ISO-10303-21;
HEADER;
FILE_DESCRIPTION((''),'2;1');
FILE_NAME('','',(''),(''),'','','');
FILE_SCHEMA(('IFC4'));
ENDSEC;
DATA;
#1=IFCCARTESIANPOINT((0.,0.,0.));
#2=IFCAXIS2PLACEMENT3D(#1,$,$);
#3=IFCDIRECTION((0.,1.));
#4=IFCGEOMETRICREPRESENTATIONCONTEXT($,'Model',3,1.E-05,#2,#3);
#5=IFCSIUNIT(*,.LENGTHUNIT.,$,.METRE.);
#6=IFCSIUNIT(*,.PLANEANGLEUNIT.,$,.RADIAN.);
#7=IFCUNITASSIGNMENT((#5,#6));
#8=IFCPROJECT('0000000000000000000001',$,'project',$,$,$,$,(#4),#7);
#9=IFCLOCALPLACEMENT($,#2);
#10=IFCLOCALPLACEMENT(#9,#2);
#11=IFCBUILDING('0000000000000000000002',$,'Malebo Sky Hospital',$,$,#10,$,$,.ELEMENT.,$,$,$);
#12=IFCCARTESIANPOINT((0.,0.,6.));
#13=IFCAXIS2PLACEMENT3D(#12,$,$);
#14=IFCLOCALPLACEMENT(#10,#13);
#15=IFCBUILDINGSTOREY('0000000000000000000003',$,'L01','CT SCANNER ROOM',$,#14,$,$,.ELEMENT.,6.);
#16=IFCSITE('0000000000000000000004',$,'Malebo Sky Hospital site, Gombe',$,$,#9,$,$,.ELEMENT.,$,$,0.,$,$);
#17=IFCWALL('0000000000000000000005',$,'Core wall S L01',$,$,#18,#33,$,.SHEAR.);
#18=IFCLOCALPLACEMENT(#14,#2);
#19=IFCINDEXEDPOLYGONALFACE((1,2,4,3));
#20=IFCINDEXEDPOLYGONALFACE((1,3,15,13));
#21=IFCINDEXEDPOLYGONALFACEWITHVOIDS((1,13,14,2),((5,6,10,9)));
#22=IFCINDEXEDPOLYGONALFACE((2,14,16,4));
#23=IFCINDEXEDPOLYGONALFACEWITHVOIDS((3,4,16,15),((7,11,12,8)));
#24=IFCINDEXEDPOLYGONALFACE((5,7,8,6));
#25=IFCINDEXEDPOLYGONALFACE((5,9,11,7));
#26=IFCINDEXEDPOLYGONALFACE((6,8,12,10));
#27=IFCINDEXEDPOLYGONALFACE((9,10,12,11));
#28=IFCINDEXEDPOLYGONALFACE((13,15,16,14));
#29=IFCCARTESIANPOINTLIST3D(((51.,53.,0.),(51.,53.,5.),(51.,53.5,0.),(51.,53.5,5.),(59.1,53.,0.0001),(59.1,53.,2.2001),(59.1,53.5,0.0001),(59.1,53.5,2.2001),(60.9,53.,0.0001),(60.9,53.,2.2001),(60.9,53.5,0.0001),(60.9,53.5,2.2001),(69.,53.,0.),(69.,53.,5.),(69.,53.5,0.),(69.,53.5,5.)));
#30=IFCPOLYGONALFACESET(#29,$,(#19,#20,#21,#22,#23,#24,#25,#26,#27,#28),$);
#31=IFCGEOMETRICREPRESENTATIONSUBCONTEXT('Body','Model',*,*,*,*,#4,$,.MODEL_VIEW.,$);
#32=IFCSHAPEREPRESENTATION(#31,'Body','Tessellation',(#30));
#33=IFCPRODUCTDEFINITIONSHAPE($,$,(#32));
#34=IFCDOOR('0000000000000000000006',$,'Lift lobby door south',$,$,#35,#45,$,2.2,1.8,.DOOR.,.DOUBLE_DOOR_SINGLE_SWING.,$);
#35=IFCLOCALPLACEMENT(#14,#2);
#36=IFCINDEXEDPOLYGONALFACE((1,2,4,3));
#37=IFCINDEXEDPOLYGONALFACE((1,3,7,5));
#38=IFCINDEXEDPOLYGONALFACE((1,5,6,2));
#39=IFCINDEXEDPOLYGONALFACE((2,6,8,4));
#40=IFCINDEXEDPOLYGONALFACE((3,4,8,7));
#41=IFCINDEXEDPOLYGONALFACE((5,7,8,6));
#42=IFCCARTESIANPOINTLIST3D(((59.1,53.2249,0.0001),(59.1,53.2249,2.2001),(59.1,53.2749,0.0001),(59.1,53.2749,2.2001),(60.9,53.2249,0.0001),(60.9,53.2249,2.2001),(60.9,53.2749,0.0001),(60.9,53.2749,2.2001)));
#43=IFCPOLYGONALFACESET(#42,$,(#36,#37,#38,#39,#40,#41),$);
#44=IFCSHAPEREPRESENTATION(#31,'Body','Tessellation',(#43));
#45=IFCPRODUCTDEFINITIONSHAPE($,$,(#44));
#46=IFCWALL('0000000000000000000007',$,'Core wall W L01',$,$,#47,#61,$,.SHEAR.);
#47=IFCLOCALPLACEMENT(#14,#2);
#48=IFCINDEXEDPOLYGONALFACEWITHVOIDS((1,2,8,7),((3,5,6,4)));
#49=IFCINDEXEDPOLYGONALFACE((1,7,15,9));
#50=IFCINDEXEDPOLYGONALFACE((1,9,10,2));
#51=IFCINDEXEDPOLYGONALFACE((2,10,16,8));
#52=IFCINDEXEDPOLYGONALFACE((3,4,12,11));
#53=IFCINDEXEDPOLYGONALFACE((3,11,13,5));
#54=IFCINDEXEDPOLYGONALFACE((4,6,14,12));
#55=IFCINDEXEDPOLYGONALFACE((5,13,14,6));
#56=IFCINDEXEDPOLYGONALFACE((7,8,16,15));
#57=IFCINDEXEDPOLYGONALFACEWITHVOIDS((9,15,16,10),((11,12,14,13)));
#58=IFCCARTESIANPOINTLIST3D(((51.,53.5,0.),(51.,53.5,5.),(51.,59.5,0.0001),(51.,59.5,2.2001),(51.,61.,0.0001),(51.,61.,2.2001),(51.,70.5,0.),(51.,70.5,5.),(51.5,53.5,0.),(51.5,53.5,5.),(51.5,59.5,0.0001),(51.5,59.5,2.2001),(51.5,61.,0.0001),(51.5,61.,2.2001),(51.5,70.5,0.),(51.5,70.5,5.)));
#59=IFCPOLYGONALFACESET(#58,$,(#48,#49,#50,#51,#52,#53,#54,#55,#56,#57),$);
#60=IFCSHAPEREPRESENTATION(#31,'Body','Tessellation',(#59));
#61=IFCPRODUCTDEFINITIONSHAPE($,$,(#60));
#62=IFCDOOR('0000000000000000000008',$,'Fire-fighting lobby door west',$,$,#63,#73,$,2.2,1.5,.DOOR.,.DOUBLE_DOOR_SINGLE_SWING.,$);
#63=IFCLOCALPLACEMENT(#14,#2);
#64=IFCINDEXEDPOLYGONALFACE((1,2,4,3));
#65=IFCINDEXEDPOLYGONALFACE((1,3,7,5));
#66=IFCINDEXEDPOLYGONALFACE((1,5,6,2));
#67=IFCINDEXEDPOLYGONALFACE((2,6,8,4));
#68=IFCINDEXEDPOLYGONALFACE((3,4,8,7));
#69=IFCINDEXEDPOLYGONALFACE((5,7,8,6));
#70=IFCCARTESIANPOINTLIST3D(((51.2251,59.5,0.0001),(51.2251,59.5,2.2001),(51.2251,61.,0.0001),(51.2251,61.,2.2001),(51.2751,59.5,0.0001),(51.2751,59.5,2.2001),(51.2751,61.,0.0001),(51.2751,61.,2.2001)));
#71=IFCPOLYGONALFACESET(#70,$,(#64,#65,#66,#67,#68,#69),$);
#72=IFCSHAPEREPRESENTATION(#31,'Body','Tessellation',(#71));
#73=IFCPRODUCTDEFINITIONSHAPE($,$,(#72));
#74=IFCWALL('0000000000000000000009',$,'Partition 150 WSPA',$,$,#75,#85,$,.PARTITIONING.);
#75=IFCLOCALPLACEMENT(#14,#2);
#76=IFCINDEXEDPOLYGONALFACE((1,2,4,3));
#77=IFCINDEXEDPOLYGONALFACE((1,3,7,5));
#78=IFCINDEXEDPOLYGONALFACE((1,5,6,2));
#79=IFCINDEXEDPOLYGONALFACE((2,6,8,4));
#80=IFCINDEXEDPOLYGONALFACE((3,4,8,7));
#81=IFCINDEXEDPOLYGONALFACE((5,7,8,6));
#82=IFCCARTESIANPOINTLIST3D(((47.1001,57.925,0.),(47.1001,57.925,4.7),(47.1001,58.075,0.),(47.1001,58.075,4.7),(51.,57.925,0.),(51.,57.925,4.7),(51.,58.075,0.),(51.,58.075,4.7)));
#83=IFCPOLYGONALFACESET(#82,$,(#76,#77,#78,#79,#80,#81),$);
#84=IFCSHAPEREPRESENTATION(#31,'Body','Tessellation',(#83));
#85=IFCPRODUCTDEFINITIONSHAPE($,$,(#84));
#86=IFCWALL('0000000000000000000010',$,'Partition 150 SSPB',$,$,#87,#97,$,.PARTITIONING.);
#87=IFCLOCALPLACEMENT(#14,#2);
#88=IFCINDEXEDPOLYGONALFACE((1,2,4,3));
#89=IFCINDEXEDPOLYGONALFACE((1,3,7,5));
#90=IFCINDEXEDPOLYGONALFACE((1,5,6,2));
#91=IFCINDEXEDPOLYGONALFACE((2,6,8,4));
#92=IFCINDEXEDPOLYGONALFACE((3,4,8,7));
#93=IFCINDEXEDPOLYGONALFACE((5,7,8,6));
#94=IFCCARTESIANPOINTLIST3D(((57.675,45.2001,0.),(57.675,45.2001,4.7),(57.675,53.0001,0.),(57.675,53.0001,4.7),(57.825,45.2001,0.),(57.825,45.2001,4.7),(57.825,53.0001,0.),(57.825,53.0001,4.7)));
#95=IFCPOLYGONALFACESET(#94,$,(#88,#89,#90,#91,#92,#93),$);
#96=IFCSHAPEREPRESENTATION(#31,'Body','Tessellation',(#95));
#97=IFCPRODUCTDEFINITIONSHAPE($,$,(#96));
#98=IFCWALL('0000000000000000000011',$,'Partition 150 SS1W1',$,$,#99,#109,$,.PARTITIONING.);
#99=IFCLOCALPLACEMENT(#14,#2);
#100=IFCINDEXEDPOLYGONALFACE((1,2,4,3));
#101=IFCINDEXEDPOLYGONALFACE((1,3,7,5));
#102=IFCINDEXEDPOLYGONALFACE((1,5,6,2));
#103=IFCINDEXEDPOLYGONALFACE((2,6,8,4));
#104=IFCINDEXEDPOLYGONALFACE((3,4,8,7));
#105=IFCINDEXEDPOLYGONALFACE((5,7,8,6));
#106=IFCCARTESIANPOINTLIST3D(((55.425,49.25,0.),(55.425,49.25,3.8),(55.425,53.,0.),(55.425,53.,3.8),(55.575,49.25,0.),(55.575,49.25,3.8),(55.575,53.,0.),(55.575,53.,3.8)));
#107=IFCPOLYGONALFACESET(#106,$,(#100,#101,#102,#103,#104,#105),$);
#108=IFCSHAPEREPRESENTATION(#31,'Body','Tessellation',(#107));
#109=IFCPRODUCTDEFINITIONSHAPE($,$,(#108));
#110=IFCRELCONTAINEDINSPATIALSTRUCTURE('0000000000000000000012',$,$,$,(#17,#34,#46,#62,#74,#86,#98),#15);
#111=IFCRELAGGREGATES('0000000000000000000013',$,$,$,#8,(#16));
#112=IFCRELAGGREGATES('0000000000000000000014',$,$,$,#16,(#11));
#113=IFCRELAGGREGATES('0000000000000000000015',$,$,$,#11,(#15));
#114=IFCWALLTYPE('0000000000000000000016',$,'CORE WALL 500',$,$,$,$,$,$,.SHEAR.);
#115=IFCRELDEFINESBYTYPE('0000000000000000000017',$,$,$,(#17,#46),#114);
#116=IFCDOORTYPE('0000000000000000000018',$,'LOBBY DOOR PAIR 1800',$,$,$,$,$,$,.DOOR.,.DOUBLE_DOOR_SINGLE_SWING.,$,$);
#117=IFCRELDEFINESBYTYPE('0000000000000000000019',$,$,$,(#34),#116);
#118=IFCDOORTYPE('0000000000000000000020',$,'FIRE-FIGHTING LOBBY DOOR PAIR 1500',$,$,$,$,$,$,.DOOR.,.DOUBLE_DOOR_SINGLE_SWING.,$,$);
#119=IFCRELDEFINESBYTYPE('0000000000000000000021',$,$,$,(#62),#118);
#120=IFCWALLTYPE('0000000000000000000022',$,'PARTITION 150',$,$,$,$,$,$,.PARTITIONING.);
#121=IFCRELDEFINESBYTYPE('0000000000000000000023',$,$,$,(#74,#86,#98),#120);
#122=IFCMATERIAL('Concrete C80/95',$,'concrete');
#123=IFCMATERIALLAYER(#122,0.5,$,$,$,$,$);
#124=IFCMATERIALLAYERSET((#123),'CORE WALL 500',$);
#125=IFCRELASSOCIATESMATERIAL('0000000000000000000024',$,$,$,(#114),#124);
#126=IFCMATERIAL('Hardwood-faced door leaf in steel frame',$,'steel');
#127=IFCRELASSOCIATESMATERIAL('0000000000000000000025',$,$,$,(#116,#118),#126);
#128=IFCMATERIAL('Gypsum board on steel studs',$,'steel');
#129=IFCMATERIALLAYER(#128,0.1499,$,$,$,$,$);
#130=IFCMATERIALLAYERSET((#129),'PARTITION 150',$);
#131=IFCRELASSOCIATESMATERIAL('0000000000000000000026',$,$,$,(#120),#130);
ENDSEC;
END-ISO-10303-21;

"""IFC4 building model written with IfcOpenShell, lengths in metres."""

from ifc_helpers import new_model, si_unit, direction, frame, frame_2d, origin, place, context, subcontext, project, spatial, rectangle, extrude, material, layer, layer_set, type_object, element, fill, save


model = new_model("IFC4")

# Units and contexts
model_context = context("Model", 3, precision=1e-05, world=origin(), true_north=direction((0.0, 1.0)))
body_context = subcontext(model_context, "Body", "Model", "MODEL_VIEW")
ifc_project = project(units=[si_unit("LENGTHUNIT", "METRE"), si_unit("PLANEANGLEUNIT", "RADIAN")], contexts=[model_context])

# Site, building, storey
site_placement = place(None, origin())
site = spatial("IfcSite", under=ifc_project, at=site_placement, Name="Malebo Sky Hospital site, Gombe", CompositionType="ELEMENT", RefElevation=0.0)
building_placement = place(site_placement, origin())
building = spatial("IfcBuilding", under=site, at=building_placement, Name="Malebo Sky Hospital", CompositionType="ELEMENT")
storey_placement = place(building_placement, frame((0.0, 0.0, 6.0)))
storey = spatial("IfcBuildingStorey", under=building, at=storey_placement, Name="L01", Description="CT SCANNER ROOM", CompositionType="ELEMENT", Elevation=6.0)

# Shared definitions
ifc_material_1 = material(Name="Concrete C80/95", Category="concrete")

# Walls, openings, doors
ifc_layer_1 = layer(ifc_material_1, 0.5)
ifc_layer_set_1 = layer_set([ifc_layer_1], Name="CORE WALL 500")
wall_type_1 = type_object("IfcWallType", Name="CORE WALL 500", PredefinedType="SHEAR", material=ifc_layer_set_1)
wall_1_placement = place(storey_placement, frame((51.0, 53.25, 0.0), z_axis=(0.0, 0.0, 1.0), x_axis=(1.0, 0.0, 0.0)))
wall_1 = element("IfcWall", 1, at=wall_1_placement, inside=storey, type_object=wall_type_1, Name="Core wall S L01", PredefinedType="SHEAR", context=body_context, shape_type="SweptSolid", body=[
    extrude(rectangle(XDim=18.0, YDim=0.5, at=frame_2d((9.0, 0.0))), origin(), (0.0, 0.0, 1.0), 5.0),
])
opening_1_placement = place(wall_1_placement, frame((8.1001, 0.0, 0.0)))
opening_1 = element("IfcOpeningElement", 2, at=opening_1_placement, cuts=wall_1, PredefinedType="OPENING", context=body_context, shape_type="SweptSolid", body=[
    extrude(rectangle(XDim=1.8, YDim=2.2, at=frame_2d((0.8999, 1.1001))), frame((0.0, 0.26, 0.0), z_axis=(0.0, -1.0, 0.0), x_axis=(1.0, 0.0, 0.0)), (0.0, 0.0, 1.0), 0.52),
])
ifc_material_2 = material(Name="Hardwood-faced door leaf in steel frame", Category="steel")
door_type_1 = type_object("IfcDoorType", Name="LOBBY DOOR PAIR 1800", OperationType="DOUBLE_DOOR_SINGLE_SWING", PredefinedType="DOOR", material=ifc_material_2)
door_1_placement = place(opening_1_placement, origin())
door_1 = element("IfcDoor", 3, at=door_1_placement, inside=storey, type_object=door_type_1, Name="Lift lobby door south", OperationType="DOUBLE_DOOR_SINGLE_SWING", OverallHeight=2.2, OverallWidth=1.8, PredefinedType="DOOR", context=body_context, shape_type="SweptSolid", body=[
    extrude(rectangle(XDim=1.8, YDim=2.2, at=frame_2d((0.8999, 1.1001))), frame((0.0, 0.0249, 0.0), z_axis=(0.0, -1.0, 0.0), x_axis=(1.0, 0.0, 0.0)), (0.0, 0.0, 1.0), 0.05),
])
fill(opening_1, door_1)
wall_2_placement = place(storey_placement, frame((51.25, 53.5, 0.0), z_axis=(0.0, 0.0, 1.0), x_axis=(0.0, 1.0, 0.0)))
wall_2 = element("IfcWall", 4, at=wall_2_placement, inside=storey, type_object=wall_type_1, Name="Core wall W L01", PredefinedType="SHEAR", context=body_context, shape_type="SweptSolid", body=[
    extrude(rectangle(XDim=17.0, YDim=0.5, at=frame_2d((8.5, 0.0))), origin(), (0.0, 0.0, 1.0), 5.0),
])
opening_2_placement = place(wall_2_placement, frame((6.0, 0.0, 0.0)))
opening_2 = element("IfcOpeningElement", 5, at=opening_2_placement, cuts=wall_2, PredefinedType="OPENING", context=body_context, shape_type="SweptSolid", body=[
    extrude(rectangle(XDim=1.5, YDim=2.2, at=frame_2d((0.75, 1.1001))), frame((0.0, 0.26, 0.0), z_axis=(0.0, -1.0, 0.0), x_axis=(1.0, 0.0, 0.0)), (0.0, 0.0, 1.0), 0.52),
])
door_type_2 = type_object("IfcDoorType", Name="FIRE-FIGHTING LOBBY DOOR PAIR 1500", OperationType="DOUBLE_DOOR_SINGLE_SWING", PredefinedType="DOOR", material=ifc_material_2)
door_2_placement = place(opening_2_placement, origin())
door_2 = element("IfcDoor", 6, at=door_2_placement, inside=storey, type_object=door_type_2, Name="Fire-fighting lobby door west", OperationType="DOUBLE_DOOR_SINGLE_SWING", OverallHeight=2.2, OverallWidth=1.5, PredefinedType="DOOR", context=body_context, shape_type="SweptSolid", body=[
    extrude(rectangle(XDim=1.5, YDim=2.2, at=frame_2d((0.75, 1.1001))), frame((0.0, 0.0249, 0.0), z_axis=(0.0, -1.0, 0.0), x_axis=(1.0, 0.0, 0.0)), (0.0, 0.0, 1.0), 0.05),
])
fill(opening_2, door_2)

# Walls
ifc_material_3 = material(Name="Gypsum board on steel studs", Category="steel")
ifc_layer_2 = layer(ifc_material_3, 0.1499)
ifc_layer_set_2 = layer_set([ifc_layer_2], Name="PARTITION 150")
wall_type_2 = type_object("IfcWallType", Name="PARTITION 150", PredefinedType="PARTITIONING", material=ifc_layer_set_2)
wall_3_placement = place(storey_placement, frame((51.0, 58.0, 0.0), z_axis=(0.0, 0.0, 1.0), x_axis=(-1.0, 0.0, 0.0)))
element("IfcWall", 7, at=wall_3_placement, inside=storey, type_object=wall_type_2, Name="Partition 150 WSPA", PredefinedType="PARTITIONING", context=body_context, shape_type="SweptSolid", body=[
    extrude(rectangle(XDim=3.8999, YDim=0.1499, at=frame_2d((1.95, 0.0))), origin(), (0.0, 0.0, 1.0), 4.7),
])
wall_4_placement = place(storey_placement, frame((57.75, 53.0, 0.0), z_axis=(0.0, 0.0, 1.0), x_axis=(0.0, -1.0, 0.0)))
element("IfcWall", 8, at=wall_4_placement, inside=storey, type_object=wall_type_2, Name="Partition 150 SSPB", PredefinedType="PARTITIONING", context=body_context, shape_type="SweptSolid", body=[
    extrude(rectangle(XDim=7.8, YDim=0.1499, at=frame_2d((3.8999, 0.0))), origin(), (0.0, 0.0, 1.0), 4.7),
])
wall_5_placement = place(storey_placement, frame((55.5, 53.0, 0.0), z_axis=(0.0, 0.0, 1.0), x_axis=(0.0, -1.0, 0.0)))
element("IfcWall", 9, at=wall_5_placement, inside=storey, type_object=wall_type_2, Name="Partition 150 SS1W1", PredefinedType="PARTITIONING", context=body_context, shape_type="SweptSolid", body=[
    extrude(rectangle(XDim=3.75, YDim=0.1499, at=frame_2d((1.875, 0.0))), origin(), (0.0, 0.0, 1.0), 3.8),
])

save(model, "model.ifc")
